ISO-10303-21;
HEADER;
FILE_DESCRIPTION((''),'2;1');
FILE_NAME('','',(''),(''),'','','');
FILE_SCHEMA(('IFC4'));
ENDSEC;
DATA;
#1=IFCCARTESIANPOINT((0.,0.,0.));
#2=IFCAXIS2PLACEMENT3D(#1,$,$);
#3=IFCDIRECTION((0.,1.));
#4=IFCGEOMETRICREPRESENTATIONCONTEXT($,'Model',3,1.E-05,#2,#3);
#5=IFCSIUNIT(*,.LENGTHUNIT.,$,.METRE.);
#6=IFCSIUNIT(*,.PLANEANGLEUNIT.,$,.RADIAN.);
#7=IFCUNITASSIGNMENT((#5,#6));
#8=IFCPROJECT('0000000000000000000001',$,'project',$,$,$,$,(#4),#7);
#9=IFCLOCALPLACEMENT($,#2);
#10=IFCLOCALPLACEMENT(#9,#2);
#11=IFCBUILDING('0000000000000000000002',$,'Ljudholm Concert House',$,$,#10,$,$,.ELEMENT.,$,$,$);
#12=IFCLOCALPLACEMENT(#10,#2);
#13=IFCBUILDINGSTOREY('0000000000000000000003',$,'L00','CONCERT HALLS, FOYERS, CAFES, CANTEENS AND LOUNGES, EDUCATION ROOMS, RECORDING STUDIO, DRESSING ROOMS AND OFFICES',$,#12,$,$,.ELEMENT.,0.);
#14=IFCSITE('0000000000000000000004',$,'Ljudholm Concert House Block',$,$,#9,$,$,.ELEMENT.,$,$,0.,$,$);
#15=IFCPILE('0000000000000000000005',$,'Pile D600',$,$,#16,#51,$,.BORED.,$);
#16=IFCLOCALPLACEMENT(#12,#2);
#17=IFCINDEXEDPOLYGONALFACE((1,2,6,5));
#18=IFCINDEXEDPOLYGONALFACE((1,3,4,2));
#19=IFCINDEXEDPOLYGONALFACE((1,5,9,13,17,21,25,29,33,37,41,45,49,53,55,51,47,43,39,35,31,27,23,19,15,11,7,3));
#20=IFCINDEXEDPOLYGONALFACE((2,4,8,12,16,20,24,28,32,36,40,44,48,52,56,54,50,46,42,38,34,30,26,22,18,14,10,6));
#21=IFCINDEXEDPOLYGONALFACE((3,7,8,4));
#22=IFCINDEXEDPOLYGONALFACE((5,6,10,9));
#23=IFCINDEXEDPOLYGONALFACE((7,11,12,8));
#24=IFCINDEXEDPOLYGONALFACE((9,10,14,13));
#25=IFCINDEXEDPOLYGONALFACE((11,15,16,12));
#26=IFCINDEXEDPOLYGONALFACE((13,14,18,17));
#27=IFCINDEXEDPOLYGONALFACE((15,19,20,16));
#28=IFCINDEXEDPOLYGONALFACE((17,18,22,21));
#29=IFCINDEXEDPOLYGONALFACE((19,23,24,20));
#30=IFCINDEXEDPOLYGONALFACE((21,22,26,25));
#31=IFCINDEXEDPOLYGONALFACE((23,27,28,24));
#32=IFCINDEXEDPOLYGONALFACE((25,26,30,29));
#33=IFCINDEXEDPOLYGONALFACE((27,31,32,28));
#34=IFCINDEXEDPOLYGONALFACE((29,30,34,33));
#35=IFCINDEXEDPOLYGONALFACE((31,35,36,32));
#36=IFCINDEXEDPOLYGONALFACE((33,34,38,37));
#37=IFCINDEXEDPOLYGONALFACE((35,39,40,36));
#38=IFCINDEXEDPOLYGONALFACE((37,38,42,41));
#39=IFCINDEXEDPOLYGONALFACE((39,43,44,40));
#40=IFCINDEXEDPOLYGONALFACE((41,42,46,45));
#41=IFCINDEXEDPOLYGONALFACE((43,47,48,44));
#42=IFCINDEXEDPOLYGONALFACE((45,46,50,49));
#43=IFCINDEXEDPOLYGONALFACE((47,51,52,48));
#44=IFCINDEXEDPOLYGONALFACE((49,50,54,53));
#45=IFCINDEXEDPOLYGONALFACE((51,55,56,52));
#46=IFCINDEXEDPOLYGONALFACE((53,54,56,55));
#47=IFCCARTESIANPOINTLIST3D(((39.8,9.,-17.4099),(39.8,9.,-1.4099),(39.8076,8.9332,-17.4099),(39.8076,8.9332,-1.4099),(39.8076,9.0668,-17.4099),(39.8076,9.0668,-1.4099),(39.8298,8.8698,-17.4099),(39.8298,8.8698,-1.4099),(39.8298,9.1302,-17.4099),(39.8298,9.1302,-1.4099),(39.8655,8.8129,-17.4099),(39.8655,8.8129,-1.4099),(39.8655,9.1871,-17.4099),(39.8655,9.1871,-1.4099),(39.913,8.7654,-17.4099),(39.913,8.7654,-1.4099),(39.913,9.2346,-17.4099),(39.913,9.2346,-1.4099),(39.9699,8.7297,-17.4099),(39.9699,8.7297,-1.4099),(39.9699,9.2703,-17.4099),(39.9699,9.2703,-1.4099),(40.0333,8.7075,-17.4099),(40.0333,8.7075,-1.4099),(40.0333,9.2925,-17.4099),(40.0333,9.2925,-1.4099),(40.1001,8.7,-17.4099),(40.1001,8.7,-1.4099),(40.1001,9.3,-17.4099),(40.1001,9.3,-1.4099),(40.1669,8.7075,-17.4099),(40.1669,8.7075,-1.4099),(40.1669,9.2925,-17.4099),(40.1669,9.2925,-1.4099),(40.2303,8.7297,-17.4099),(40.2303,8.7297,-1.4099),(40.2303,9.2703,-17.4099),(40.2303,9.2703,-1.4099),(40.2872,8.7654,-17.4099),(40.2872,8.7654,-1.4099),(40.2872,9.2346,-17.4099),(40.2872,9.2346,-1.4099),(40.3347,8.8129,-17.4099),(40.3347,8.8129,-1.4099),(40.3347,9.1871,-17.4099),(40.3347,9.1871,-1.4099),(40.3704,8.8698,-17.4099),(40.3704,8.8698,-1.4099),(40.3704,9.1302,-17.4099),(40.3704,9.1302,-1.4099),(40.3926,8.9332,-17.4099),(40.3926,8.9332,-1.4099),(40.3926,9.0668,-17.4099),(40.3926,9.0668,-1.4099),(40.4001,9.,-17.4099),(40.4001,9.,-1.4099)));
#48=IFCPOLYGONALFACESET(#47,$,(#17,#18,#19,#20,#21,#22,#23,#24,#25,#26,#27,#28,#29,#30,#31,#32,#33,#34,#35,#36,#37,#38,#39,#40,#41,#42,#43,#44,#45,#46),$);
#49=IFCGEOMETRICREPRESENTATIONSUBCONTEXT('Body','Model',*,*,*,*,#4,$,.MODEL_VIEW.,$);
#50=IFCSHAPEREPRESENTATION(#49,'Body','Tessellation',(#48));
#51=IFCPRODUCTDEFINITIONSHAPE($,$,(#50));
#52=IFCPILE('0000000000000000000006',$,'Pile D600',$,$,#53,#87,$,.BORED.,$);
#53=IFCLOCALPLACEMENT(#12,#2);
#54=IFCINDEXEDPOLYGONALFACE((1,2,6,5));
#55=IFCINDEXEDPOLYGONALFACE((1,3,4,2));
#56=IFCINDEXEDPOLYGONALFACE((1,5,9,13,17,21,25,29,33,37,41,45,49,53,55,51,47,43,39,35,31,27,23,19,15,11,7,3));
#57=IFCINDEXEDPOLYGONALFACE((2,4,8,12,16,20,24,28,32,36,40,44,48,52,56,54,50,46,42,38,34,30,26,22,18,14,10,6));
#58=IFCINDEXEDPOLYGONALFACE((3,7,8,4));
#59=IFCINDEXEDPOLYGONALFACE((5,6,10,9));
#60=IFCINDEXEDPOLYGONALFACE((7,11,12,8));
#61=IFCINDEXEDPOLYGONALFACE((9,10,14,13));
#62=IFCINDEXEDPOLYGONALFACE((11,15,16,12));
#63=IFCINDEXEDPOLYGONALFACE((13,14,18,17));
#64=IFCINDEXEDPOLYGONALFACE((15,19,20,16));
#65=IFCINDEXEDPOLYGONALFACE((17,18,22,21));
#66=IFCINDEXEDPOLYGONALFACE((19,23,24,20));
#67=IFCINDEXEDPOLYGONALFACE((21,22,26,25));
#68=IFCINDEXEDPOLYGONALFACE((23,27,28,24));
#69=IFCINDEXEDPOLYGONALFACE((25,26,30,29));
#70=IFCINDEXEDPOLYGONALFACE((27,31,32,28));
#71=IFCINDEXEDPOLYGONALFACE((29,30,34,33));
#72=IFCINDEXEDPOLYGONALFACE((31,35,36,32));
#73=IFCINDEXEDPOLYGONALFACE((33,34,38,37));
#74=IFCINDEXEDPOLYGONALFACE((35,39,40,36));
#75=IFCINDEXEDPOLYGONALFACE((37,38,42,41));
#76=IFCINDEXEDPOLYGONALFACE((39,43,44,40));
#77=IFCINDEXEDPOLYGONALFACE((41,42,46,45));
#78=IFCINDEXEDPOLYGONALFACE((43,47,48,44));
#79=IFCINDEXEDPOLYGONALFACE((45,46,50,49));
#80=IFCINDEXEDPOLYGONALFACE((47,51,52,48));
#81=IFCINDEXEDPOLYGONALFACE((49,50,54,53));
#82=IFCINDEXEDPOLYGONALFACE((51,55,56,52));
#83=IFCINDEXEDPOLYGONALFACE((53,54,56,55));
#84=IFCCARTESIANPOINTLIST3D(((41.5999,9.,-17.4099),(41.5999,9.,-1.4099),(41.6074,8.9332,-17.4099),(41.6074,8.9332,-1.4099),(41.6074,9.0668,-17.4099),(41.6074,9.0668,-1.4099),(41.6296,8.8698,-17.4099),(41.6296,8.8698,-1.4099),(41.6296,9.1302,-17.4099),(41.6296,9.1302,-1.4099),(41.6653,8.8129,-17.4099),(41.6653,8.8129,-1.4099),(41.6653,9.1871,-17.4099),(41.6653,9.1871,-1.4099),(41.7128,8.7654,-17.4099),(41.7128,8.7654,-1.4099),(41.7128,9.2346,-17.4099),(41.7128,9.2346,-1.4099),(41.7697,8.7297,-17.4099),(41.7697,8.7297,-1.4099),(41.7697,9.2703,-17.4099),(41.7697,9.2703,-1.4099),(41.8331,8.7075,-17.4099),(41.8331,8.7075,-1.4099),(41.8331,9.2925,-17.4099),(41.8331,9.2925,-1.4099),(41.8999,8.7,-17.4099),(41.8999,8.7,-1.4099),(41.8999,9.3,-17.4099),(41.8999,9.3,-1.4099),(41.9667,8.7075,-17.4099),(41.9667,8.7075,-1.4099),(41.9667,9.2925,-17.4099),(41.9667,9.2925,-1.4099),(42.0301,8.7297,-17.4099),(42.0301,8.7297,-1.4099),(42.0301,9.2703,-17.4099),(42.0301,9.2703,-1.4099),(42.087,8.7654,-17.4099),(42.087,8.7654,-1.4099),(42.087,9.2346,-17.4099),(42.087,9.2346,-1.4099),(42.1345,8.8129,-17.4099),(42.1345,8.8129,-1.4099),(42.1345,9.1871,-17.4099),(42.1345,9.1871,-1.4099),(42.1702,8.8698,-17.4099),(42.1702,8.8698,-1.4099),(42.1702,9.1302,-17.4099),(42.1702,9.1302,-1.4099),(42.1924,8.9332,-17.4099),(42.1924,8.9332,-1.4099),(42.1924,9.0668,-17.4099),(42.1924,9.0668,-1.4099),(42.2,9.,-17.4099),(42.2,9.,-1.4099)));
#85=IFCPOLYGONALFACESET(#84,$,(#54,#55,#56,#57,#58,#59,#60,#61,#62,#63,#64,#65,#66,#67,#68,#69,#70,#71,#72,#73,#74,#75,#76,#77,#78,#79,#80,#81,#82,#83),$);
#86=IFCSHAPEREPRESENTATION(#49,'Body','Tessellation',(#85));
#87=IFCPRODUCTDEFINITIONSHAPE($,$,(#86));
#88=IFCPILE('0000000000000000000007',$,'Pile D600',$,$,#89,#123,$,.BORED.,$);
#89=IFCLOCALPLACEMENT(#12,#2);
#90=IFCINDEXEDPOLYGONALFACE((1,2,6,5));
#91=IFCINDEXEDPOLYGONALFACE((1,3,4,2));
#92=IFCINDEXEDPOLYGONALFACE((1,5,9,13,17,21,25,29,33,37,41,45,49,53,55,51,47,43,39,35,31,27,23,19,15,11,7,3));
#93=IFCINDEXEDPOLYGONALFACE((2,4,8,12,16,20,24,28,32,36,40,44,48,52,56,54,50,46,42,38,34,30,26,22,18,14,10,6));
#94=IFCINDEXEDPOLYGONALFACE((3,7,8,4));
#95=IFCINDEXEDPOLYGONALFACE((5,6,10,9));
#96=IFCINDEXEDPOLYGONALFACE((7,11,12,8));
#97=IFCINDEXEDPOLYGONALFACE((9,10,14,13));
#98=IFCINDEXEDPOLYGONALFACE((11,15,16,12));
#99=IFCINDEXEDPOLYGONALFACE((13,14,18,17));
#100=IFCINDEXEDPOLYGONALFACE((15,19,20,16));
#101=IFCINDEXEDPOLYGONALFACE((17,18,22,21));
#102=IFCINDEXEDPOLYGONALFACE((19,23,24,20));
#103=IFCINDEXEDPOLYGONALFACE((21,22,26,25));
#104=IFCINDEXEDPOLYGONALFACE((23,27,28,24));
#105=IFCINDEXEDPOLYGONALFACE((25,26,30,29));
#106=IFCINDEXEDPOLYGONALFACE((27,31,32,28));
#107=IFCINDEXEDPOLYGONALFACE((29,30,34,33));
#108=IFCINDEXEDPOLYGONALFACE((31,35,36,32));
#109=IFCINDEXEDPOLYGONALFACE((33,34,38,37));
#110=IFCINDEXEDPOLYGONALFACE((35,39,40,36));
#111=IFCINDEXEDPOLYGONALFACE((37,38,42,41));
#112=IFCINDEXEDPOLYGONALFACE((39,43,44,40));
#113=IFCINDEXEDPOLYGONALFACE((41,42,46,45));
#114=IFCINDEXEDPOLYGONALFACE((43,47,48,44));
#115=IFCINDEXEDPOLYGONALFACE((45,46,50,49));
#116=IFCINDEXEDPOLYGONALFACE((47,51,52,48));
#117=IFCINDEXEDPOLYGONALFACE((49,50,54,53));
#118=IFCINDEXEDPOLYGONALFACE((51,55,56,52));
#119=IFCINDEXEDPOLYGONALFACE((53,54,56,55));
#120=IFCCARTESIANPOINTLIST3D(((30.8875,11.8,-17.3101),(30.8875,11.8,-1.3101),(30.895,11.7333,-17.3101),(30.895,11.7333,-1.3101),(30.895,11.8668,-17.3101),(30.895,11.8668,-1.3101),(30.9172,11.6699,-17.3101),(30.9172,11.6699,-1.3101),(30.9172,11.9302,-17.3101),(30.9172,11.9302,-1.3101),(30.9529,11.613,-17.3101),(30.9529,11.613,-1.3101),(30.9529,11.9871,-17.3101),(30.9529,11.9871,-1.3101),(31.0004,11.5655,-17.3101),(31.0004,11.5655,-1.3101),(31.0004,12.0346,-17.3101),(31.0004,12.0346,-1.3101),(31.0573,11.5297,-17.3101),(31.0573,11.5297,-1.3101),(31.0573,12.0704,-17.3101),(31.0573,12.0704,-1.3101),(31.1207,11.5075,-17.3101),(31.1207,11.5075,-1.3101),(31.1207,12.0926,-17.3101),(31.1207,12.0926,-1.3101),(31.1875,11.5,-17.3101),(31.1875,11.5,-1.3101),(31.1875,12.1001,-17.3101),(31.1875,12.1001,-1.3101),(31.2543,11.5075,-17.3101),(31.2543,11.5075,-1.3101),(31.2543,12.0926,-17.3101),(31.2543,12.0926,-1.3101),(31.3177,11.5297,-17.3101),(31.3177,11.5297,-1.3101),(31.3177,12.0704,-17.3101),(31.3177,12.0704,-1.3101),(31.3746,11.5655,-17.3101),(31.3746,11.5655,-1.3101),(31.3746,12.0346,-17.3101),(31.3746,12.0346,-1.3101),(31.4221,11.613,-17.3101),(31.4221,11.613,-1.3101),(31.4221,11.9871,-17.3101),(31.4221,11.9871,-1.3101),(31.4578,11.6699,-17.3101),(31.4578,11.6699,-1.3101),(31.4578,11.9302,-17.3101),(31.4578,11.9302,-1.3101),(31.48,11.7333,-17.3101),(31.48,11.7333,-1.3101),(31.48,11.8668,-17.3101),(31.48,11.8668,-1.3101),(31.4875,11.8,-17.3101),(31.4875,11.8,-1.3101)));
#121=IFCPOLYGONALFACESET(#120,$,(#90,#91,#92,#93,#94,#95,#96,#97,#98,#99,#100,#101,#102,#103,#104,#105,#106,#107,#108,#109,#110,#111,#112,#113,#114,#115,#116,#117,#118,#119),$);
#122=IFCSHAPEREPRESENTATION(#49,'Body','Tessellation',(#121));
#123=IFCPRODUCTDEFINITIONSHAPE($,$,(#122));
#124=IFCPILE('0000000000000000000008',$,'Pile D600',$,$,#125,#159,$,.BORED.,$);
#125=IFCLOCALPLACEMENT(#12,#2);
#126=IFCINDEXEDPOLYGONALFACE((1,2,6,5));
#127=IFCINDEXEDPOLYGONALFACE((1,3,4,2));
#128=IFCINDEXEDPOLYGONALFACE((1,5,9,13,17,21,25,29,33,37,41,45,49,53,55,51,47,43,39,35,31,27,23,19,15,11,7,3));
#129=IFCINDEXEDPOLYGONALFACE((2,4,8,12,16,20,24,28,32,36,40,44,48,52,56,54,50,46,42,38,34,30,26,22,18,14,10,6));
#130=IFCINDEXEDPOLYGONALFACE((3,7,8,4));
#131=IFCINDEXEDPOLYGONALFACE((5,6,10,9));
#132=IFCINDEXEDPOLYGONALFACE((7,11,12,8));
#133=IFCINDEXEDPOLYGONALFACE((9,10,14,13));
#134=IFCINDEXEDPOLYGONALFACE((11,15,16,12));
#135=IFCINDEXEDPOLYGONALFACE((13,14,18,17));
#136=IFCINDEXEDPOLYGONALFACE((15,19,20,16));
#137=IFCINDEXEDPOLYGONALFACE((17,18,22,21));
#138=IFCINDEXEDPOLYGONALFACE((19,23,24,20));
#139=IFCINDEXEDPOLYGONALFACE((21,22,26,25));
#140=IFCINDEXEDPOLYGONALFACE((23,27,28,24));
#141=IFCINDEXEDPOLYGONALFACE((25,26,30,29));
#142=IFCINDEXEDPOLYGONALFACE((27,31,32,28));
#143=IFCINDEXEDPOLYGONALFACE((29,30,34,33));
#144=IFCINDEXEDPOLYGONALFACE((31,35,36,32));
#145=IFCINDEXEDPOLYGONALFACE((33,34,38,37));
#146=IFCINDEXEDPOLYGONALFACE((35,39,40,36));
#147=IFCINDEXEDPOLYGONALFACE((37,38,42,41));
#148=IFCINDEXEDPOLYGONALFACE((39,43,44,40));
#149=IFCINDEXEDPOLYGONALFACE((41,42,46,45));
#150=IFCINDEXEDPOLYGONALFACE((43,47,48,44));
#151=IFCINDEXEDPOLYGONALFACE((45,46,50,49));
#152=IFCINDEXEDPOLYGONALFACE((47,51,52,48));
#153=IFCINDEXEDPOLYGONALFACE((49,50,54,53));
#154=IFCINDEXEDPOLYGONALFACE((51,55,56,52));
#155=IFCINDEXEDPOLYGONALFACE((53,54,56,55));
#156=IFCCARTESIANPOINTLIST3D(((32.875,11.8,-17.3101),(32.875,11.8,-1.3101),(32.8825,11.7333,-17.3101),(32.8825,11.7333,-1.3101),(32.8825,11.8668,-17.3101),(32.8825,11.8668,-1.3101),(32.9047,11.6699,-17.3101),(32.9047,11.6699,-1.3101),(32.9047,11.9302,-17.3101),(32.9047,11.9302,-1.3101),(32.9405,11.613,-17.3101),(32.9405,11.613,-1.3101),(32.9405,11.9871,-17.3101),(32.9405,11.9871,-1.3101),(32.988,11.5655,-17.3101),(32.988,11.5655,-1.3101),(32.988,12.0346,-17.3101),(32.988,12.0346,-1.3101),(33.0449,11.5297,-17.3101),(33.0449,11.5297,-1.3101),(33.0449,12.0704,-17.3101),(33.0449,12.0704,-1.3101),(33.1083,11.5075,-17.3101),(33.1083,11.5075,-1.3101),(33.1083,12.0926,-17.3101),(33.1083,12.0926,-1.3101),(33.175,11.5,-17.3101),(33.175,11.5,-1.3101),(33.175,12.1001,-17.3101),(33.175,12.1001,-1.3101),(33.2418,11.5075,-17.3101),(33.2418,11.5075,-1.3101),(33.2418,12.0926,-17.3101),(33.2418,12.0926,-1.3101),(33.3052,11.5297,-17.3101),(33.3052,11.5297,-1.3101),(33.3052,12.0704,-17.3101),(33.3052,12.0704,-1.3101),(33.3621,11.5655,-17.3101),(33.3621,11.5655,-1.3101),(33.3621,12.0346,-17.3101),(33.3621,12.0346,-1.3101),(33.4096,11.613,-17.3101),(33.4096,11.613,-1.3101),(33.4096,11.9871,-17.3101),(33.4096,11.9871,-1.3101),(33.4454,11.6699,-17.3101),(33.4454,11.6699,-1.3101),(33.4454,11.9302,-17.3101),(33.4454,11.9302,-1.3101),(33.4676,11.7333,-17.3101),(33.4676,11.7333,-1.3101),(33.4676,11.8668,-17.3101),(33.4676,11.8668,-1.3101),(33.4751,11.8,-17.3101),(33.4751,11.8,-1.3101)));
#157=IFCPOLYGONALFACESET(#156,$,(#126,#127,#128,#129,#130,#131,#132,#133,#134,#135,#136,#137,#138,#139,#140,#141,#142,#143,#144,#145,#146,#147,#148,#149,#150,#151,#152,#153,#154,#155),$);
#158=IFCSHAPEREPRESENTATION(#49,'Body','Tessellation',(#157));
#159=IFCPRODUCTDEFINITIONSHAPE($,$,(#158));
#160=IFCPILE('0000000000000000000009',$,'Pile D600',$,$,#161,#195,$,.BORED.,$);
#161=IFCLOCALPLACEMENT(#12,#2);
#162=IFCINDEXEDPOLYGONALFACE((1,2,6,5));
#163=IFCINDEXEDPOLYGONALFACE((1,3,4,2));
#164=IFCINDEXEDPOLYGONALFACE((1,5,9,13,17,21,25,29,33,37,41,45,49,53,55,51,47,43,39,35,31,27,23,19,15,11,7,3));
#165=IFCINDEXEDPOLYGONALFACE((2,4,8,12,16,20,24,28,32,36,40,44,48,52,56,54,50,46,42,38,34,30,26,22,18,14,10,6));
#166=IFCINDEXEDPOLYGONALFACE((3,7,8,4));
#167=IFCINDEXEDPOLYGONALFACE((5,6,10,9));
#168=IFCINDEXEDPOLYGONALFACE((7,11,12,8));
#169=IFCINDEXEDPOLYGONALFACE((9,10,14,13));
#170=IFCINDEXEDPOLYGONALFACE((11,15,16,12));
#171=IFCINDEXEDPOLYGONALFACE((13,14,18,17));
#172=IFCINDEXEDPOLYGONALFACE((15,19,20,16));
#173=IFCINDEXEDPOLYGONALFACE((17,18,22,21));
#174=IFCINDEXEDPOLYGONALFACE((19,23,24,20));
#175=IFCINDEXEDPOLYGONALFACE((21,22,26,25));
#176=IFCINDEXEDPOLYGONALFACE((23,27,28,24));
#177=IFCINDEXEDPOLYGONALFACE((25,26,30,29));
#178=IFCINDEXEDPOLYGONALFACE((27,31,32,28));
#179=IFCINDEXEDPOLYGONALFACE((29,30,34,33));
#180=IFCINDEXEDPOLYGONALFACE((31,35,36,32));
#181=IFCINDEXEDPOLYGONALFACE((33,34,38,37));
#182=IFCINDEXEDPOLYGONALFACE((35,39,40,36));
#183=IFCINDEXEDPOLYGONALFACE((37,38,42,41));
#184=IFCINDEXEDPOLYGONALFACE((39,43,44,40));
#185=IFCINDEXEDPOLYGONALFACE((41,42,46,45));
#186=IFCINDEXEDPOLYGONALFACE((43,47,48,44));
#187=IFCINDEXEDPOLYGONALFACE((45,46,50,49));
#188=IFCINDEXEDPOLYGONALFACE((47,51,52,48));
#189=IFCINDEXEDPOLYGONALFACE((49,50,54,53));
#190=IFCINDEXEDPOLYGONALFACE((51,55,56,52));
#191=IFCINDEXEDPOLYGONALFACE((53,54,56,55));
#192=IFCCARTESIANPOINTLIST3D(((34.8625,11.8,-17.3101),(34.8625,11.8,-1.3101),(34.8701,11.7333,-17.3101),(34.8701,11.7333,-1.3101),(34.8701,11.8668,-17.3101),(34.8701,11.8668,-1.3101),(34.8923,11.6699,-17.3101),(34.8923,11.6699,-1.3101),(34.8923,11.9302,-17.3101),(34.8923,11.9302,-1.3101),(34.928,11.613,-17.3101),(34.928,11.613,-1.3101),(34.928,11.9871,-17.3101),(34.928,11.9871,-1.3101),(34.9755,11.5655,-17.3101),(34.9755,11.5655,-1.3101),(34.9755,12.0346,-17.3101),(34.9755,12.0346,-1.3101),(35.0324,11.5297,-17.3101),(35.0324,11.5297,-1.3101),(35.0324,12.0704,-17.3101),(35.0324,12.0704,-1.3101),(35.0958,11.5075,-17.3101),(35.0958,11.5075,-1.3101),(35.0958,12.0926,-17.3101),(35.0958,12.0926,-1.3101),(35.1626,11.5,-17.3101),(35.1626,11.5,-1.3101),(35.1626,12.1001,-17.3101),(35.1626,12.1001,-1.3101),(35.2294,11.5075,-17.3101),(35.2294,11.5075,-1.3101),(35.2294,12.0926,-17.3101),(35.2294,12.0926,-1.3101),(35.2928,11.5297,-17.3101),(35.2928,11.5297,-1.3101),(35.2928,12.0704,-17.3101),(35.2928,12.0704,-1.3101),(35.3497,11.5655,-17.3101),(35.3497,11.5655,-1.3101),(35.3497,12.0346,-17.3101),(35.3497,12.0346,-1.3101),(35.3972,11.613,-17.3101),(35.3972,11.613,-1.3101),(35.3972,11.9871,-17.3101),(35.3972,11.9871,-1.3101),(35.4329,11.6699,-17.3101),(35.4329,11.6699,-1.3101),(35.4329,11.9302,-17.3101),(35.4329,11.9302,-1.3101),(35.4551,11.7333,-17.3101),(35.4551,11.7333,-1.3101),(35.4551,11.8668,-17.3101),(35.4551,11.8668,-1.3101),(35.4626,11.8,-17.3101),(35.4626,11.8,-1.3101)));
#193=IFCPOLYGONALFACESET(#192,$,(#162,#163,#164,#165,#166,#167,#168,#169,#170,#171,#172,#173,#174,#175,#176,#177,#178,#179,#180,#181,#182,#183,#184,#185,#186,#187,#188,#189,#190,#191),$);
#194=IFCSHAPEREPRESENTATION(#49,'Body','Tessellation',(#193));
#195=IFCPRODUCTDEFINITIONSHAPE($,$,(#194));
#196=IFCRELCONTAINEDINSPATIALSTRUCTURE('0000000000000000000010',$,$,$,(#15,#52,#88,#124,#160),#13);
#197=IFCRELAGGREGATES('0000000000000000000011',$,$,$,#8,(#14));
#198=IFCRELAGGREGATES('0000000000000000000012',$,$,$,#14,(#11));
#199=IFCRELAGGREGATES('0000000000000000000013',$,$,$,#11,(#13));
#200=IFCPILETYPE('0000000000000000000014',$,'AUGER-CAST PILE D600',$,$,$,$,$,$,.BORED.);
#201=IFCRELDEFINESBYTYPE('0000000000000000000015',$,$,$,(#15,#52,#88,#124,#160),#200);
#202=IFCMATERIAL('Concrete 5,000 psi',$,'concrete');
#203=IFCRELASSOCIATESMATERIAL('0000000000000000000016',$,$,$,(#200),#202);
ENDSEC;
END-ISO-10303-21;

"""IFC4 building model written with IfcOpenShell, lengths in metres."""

from ifc_helpers import new_model, si_unit, direction, frame, origin, origin_2d, place, context, subcontext, project, spatial, circle, extrude, material, material_profile, profile_set, type_object, element, save


model = new_model("IFC4")

# Units and contexts
model_context = context("Model", 3, precision=1e-05, world=origin(), true_north=direction((0.0, 1.0)))
body_context = subcontext(model_context, "Body", "Model", "MODEL_VIEW")
ifc_project = project(units=[si_unit("LENGTHUNIT", "METRE"), si_unit("PLANEANGLEUNIT", "RADIAN")], contexts=[model_context])

# Site, building, storey
site_placement = place(None, origin())
site = spatial("IfcSite", under=ifc_project, at=site_placement, Name="Ljudholm Concert House Block", CompositionType="ELEMENT", RefElevation=0.0)
building_placement = place(site_placement, origin())
building = spatial("IfcBuilding", under=site, at=building_placement, Name="Ljudholm Concert House", CompositionType="ELEMENT")
storey_placement = place(building_placement, origin())
storey = spatial("IfcBuildingStorey", under=building, at=storey_placement, Name="L00", Description="CONCERT HALLS, FOYERS, CAFES, CANTEENS AND LOUNGES, EDUCATION ROOMS, RECORDING STUDIO, DRESSING ROOMS AND OFFICES", CompositionType="ELEMENT", Elevation=0.0)

# Piles
ifc_material_1 = material(Name="Concrete 5,000 psi", Category="concrete")
ifc_material_profile_1 = material_profile(ifc_material_1, circle(Radius=0.3, at=origin_2d()), Name="AUGER-CAST PILE D600")
ifc_profile_set_1 = profile_set([ifc_material_profile_1], Name="Concrete 5,000 psi")
pile_type = type_object("IfcPileType", Name="AUGER-CAST PILE D600", PredefinedType="BORED", material=ifc_profile_set_1)
for number, where, z_axis, x_axis, name in (
    (1, (40.1001, 9.0, -1.4099), (0.0, 0.0, -1.0), (1.0, 0.0, 0.0), "Pile D600"),
    (2, (41.8999, 9.0, -1.4099), (0.0, 0.0, -1.0), (1.0, 0.0, 0.0), "Pile D600"),
    (3, (31.1875, 11.8, -1.3101), (0.0, 0.0, -1.0), (1.0, 0.0, 0.0), "Pile D600"),
    (4, (33.175, 11.8, -1.3101), (0.0, 0.0, -1.0), (1.0, 0.0, 0.0), "Pile D600"),
    (5, (35.1626, 11.8, -1.3101), (0.0, 0.0, -1.0), (1.0, 0.0, 0.0), "Pile D600"),
):
    element("IfcPile", number, at=place(storey_placement, frame(where, z_axis=z_axis, x_axis=x_axis)), inside=storey, type_object=pile_type, Name=name, PredefinedType="BORED", context=body_context, shape_type="SweptSolid", body=[
        extrude(circle(Radius=0.3, at=origin_2d()), origin(), (0.0, 0.0, 1.0), 16.0),
    ])

save(model, "model.ifc")
